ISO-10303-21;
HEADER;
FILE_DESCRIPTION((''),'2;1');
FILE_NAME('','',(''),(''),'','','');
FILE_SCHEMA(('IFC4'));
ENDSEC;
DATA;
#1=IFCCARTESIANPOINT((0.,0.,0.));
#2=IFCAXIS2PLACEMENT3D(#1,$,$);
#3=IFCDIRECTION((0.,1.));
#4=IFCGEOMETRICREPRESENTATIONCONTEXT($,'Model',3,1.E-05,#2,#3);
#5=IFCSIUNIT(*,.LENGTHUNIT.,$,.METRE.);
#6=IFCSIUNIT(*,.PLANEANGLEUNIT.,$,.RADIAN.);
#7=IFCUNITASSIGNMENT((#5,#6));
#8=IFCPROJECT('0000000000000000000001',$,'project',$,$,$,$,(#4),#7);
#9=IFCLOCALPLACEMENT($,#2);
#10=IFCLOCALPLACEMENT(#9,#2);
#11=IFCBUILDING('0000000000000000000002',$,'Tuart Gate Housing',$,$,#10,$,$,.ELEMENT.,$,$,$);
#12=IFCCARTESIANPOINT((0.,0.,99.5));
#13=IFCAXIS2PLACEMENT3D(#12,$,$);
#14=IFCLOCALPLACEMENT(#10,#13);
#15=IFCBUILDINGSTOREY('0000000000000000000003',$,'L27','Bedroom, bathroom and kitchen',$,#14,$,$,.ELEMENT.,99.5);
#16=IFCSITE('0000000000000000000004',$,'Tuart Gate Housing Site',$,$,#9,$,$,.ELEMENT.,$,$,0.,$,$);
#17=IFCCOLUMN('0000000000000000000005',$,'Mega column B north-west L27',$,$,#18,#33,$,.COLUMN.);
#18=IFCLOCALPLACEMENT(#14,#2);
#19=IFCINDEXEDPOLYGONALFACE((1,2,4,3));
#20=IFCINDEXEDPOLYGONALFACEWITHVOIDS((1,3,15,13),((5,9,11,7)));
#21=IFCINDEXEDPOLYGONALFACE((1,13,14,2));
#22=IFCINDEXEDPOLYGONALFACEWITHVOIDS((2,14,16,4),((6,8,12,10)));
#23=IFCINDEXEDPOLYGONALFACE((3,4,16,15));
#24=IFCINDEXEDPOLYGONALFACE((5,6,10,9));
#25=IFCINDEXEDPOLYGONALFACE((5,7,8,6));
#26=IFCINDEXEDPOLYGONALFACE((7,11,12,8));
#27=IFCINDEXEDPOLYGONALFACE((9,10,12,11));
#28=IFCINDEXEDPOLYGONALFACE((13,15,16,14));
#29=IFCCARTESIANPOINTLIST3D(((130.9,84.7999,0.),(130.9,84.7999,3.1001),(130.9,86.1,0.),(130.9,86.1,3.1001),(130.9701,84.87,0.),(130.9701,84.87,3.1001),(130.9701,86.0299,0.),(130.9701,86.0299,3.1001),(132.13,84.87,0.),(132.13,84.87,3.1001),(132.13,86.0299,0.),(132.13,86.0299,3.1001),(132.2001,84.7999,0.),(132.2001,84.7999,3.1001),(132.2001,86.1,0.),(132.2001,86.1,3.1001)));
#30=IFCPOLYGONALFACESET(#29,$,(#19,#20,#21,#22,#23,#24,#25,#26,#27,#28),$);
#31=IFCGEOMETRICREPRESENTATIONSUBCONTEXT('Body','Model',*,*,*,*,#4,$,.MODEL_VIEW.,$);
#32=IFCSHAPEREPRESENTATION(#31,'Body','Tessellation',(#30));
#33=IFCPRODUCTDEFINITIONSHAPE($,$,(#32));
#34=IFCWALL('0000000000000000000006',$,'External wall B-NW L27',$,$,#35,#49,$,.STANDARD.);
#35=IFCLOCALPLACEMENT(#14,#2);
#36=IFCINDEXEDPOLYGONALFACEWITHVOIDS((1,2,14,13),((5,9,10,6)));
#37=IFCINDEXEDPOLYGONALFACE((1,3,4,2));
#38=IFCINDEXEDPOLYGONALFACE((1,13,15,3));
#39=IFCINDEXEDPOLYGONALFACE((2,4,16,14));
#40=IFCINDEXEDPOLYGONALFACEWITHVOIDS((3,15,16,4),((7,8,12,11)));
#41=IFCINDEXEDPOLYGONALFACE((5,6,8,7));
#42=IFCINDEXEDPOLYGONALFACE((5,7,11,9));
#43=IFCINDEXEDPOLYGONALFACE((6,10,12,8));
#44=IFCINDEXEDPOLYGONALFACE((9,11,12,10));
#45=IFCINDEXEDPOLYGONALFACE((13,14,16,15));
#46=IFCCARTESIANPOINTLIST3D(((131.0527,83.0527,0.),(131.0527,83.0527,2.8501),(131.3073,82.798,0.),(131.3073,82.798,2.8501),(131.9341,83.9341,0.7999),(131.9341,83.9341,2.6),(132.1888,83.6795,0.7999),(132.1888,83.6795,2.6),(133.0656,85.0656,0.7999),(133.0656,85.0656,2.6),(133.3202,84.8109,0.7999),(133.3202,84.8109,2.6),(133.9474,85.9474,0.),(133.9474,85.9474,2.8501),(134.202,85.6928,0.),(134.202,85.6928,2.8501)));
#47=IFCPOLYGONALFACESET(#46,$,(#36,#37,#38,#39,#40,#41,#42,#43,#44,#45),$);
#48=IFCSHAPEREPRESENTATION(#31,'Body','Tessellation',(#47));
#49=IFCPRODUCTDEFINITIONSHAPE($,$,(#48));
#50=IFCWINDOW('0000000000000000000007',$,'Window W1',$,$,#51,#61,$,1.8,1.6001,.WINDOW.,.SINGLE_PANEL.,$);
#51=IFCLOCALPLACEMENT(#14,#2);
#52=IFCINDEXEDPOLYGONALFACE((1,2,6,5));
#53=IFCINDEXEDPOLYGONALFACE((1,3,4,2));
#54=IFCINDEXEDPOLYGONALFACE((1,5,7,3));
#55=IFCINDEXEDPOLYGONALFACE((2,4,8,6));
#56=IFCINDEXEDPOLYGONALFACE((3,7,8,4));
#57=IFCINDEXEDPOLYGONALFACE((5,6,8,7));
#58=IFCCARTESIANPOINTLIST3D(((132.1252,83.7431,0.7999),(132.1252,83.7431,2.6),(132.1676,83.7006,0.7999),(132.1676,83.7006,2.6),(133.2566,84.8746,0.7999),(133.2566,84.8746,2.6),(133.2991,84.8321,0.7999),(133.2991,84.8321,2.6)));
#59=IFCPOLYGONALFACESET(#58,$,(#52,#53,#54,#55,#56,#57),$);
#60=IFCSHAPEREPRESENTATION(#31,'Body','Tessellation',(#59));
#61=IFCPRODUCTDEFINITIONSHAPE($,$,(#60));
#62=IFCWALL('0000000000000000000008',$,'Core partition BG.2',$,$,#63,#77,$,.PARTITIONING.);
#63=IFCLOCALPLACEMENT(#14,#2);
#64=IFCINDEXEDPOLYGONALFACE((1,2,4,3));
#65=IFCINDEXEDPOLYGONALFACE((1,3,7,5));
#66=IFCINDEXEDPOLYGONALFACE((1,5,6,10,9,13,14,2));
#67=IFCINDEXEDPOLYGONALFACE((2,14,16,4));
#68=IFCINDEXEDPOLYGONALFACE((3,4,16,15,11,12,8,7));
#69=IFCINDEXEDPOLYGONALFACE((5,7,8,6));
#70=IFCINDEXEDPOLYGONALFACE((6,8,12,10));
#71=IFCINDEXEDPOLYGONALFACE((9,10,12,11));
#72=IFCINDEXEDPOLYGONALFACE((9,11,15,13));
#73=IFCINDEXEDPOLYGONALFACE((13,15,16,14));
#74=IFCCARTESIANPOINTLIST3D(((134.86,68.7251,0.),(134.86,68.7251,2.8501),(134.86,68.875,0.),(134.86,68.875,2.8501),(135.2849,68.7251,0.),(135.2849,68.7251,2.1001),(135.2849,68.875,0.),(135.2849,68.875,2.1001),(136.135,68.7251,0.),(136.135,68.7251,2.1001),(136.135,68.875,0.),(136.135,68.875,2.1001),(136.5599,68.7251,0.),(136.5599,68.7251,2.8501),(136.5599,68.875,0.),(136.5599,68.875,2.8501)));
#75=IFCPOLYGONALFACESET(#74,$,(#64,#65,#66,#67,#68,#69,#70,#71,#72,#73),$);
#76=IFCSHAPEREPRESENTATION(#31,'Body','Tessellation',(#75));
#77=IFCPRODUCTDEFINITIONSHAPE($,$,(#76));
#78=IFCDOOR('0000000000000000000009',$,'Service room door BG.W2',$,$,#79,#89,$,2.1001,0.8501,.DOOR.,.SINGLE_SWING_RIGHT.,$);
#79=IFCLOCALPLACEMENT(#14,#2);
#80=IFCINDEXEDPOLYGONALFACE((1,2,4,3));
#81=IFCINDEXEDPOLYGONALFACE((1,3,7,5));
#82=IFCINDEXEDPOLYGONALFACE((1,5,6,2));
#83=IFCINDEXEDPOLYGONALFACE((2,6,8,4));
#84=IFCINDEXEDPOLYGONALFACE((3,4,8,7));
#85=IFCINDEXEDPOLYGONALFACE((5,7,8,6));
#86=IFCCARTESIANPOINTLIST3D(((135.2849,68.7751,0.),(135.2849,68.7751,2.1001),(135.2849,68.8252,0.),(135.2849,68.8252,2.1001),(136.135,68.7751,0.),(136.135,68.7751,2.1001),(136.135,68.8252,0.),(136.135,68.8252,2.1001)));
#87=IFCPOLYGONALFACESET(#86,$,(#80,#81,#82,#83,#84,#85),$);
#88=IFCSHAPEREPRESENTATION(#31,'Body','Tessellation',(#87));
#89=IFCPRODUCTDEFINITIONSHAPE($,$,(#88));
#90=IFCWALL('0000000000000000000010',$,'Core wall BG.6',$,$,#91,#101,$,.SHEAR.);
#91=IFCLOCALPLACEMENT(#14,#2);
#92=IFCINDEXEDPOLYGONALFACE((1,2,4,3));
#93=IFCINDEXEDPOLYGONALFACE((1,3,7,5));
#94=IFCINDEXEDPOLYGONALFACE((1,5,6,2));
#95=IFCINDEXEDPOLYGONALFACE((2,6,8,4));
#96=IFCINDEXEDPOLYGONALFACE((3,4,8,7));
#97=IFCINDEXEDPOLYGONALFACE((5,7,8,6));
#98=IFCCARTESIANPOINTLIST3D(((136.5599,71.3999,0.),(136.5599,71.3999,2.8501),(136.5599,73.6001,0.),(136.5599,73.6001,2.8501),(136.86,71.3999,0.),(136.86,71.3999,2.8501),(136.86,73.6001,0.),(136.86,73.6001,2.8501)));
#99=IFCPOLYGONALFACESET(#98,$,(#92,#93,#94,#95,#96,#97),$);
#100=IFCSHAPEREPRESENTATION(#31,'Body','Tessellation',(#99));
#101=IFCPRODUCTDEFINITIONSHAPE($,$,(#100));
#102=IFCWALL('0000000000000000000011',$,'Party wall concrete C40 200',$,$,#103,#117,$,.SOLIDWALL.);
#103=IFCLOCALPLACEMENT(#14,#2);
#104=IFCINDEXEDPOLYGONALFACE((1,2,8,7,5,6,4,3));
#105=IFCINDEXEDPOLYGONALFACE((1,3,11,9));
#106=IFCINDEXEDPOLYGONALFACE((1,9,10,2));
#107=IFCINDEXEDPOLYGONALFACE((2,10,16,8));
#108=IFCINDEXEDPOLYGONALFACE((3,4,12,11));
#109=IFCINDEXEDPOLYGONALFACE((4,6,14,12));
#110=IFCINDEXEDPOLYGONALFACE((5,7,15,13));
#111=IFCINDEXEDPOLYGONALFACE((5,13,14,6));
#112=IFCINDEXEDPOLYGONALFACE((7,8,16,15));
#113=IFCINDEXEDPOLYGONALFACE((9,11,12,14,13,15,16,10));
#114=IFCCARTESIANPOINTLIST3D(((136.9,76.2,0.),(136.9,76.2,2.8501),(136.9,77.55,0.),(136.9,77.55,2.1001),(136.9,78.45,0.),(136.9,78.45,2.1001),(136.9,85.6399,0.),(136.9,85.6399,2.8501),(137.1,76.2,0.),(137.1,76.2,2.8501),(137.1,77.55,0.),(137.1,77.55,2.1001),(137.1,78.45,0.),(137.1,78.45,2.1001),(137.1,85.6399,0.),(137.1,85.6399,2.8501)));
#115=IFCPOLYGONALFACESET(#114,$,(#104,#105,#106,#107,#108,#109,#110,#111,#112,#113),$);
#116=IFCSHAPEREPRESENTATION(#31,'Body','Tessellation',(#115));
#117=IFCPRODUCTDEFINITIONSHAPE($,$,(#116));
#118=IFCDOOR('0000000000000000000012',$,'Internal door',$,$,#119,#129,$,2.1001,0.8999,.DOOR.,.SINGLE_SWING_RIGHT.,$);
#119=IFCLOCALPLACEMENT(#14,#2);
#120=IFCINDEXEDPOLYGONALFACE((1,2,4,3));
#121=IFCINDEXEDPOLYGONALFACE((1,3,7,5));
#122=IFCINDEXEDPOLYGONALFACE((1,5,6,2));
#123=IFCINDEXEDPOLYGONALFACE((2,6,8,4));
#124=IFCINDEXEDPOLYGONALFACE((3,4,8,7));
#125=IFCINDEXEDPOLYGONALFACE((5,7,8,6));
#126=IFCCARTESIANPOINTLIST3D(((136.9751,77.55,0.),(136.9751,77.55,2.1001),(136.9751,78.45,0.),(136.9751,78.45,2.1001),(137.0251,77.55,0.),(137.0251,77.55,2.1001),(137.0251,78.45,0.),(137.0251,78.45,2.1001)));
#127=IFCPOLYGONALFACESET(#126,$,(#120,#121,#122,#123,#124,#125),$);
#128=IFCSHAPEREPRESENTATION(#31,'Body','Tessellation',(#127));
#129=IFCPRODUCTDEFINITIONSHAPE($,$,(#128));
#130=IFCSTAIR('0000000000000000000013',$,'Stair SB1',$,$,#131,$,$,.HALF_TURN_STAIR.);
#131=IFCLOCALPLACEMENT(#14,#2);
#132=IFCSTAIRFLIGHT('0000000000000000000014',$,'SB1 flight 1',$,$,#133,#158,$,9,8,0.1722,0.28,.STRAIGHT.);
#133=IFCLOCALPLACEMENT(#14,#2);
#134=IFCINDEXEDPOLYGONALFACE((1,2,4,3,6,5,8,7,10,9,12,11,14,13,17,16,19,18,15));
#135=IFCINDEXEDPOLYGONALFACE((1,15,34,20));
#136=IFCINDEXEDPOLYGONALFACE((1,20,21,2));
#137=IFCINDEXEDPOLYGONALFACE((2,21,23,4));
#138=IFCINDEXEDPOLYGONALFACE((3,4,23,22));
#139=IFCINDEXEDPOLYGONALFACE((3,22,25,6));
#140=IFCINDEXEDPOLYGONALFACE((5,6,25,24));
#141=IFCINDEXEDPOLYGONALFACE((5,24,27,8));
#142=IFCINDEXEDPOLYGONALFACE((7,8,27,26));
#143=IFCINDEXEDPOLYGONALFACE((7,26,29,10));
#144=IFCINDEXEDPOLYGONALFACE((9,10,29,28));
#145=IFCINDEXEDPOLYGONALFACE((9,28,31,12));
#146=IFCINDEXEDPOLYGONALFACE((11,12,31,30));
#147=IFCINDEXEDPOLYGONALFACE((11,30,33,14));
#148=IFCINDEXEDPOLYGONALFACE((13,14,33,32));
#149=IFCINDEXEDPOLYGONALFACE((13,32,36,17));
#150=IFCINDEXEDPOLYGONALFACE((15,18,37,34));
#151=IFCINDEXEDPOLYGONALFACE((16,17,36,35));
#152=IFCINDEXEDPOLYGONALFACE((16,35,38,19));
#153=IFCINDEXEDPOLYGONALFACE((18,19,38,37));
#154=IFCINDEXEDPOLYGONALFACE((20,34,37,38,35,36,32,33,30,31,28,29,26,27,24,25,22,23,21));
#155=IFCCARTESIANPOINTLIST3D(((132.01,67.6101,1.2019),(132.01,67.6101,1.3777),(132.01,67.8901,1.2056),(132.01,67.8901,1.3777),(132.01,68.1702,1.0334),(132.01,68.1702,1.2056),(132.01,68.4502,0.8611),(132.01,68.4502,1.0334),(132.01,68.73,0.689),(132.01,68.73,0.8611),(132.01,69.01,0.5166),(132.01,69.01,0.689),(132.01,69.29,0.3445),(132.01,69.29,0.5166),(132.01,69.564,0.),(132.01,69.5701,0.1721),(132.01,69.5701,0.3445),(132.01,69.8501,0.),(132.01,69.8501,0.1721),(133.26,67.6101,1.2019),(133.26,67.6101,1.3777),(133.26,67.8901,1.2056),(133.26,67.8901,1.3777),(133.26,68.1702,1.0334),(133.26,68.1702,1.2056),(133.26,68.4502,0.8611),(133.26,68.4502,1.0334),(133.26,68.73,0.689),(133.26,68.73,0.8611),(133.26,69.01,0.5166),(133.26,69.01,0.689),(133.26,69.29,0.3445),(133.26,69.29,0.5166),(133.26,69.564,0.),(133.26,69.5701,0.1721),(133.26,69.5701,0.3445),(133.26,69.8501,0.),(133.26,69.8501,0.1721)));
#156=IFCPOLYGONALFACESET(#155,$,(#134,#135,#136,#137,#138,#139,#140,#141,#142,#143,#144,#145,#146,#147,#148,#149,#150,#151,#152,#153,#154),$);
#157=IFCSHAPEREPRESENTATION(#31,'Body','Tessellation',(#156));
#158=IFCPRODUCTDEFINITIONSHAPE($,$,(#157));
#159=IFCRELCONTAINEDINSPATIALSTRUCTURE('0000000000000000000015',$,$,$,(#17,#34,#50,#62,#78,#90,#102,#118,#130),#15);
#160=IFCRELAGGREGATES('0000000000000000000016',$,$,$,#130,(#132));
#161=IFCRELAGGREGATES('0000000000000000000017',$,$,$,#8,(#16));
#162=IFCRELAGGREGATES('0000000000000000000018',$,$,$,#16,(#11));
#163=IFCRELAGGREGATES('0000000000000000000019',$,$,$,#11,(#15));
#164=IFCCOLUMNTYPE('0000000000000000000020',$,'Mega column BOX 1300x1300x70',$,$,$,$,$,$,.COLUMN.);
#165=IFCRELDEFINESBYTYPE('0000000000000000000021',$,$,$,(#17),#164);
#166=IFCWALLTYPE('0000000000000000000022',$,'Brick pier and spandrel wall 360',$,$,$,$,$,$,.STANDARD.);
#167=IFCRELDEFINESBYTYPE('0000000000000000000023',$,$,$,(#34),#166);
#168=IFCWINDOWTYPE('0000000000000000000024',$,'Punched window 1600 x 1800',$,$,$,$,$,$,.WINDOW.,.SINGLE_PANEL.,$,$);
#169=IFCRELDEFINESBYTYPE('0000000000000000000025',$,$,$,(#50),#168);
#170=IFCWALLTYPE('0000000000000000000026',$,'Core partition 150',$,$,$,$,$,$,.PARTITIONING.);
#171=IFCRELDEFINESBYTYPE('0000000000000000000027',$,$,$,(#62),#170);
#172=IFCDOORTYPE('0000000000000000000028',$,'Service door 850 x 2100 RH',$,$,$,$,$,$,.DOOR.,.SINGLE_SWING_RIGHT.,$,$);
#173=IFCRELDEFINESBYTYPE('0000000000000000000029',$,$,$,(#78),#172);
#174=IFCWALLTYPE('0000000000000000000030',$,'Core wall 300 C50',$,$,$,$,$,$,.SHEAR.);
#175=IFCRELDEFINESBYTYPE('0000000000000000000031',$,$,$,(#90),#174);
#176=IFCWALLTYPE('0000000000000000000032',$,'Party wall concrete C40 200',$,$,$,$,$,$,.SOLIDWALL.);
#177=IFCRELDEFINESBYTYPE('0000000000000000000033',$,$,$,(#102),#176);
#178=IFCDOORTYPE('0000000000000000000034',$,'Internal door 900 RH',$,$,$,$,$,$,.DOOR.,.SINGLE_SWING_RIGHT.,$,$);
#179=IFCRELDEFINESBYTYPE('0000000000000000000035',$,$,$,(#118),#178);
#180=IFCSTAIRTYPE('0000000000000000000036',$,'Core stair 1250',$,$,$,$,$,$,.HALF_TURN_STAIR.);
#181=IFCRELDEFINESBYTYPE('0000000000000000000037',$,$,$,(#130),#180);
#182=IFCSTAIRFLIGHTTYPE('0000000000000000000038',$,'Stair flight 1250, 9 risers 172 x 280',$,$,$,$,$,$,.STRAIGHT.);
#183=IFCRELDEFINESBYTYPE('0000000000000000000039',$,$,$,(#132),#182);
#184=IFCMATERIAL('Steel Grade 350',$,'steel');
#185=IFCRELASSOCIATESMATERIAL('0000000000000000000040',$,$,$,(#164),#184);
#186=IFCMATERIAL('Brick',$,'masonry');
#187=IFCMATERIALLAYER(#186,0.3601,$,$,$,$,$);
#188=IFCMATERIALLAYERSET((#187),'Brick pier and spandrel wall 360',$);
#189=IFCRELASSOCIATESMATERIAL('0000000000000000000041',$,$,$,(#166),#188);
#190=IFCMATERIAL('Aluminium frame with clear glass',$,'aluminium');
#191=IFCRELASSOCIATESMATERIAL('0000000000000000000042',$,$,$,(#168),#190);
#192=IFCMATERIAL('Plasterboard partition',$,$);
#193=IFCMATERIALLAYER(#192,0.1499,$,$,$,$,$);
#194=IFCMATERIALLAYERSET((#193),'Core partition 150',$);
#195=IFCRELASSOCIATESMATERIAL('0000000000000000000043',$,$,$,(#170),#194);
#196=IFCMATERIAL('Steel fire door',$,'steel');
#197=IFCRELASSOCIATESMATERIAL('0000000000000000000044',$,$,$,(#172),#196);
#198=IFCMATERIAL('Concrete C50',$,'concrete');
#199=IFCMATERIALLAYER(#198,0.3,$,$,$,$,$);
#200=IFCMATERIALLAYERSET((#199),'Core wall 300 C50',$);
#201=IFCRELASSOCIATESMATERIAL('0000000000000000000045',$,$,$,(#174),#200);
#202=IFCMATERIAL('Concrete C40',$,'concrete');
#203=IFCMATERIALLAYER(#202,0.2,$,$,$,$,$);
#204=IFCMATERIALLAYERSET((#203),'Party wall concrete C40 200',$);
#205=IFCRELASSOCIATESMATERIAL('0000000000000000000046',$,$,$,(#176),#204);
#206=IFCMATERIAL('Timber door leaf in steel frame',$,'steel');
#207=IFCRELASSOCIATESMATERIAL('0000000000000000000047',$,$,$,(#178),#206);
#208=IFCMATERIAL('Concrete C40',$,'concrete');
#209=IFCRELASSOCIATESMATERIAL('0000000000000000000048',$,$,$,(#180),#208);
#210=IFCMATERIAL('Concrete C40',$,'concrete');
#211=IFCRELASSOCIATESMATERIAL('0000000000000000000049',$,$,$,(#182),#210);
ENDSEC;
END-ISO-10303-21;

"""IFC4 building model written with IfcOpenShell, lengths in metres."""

from ifc_helpers import new_model, si_unit, direction, frame, frame_2d, origin, origin_2d, place, context, subcontext, project, spatial, polyline, rectangle, hollow_rectangle, outline, extrude, material, layer, layer_set, material_profile, profile_set, type_object, element, fill, aggregate, save


model = new_model("IFC4")

# Units and contexts
model_context = context("Model", 3, precision=1e-05, world=origin(), true_north=direction((0.0, 1.0)))
body_context = subcontext(model_context, "Body", "Model", "MODEL_VIEW")
ifc_project = project(units=[si_unit("LENGTHUNIT", "METRE"), si_unit("PLANEANGLEUNIT", "RADIAN")], contexts=[model_context])

# Site, building, storey
site_placement = place(None, origin())
site = spatial("IfcSite", under=ifc_project, at=site_placement, Name="Tuart Gate Housing Site", CompositionType="ELEMENT", RefElevation=0.0)
building_placement = place(site_placement, origin())
building = spatial("IfcBuilding", under=site, at=building_placement, Name="Tuart Gate Housing", CompositionType="ELEMENT")
storey_placement = place(building_placement, frame((0.0, 0.0, 99.5)))
storey = spatial("IfcBuildingStorey", under=building, at=storey_placement, Name="L27", Description="Bedroom, bathroom and kitchen", CompositionType="ELEMENT", Elevation=99.5)

# Column
ifc_material_1 = material(Name="Steel Grade 350", Category="steel")
ifc_material_profile = material_profile(ifc_material_1, hollow_rectangle(XDim=1.3, YDim=1.3, WallThickness=0.0701, at=origin_2d()), Name="BOX 1300x1300x70")
ifc_profile_set = profile_set([ifc_material_profile], Name="Steel Grade 350")
column_type = type_object("IfcColumnType", Name="Mega column BOX 1300x1300x70", PredefinedType="COLUMN", material=ifc_profile_set)
column_placement = place(storey_placement, frame((131.55, 85.45, 0.0), z_axis=(0.0, 0.0, 1.0), x_axis=(1.0, 0.0, 0.0)))
element("IfcColumn", 1, at=column_placement, inside=storey, type_object=column_type, Name="Mega column B north-west L27", PredefinedType="COLUMN", context=body_context, shape_type="SweptSolid", body=[
    extrude(hollow_rectangle(XDim=1.3, YDim=1.3, WallThickness=0.0701, at=origin_2d()), origin(), (0.0, 0.0, 1.0), 3.1001),
])

# Wall, opening, window
ifc_material_2 = material(Name="Brick", Category="masonry")
ifc_layer_1 = layer(ifc_material_2, 0.3601)
ifc_layer_set_1 = layer_set([ifc_layer_1], Name="Brick pier and spandrel wall 360")
wall_type_1 = type_object("IfcWallType", Name="Brick pier and spandrel wall 360", PredefinedType="STANDARD", material=ifc_layer_set_1)
wall_1_placement = place(storey_placement, frame((134.0747, 85.8201, 0.0), z_axis=(0.0, 0.0, 1.0), x_axis=(-0.707107, -0.707107, 0.0)))
wall_1 = element("IfcWall", 2, at=wall_1_placement, inside=storey, type_object=wall_type_1, Name="External wall B-NW L27", PredefinedType="STANDARD", context=body_context, shape_type="SweptSolid", body=[
    extrude(rectangle(XDim=4.0938, YDim=0.3601, at=frame_2d((2.0469, 0.0))), origin(), (0.0, 0.0, 1.0), 2.8501),
])
opening_1_placement = place(wall_1_placement, frame((1.2471, 0.0, 0.8)))
opening_1 = element("IfcOpeningElement", 3, at=opening_1_placement, cuts=wall_1, PredefinedType="OPENING", context=body_context, shape_type="SweptSolid", body=[
    extrude(rectangle(XDim=1.6001, YDim=1.8, at=frame_2d((0.8, 0.8999))), frame((0.0, 0.1899, 0.0), z_axis=(0.0, -1.0, 0.0), x_axis=(1.0, 0.0, 0.0)), (0.0, 0.0, 1.0), 0.3801),
])
ifc_material_3 = material(Name="Aluminium frame with clear glass", Category="aluminium")
window_type = type_object("IfcWindowType", Name="Punched window 1600 x 1800", PartitioningType="SINGLE_PANEL", PredefinedType="WINDOW", material=ifc_material_3)
window_placement = place(opening_1_placement, origin())
window = element("IfcWindow", 4, at=window_placement, inside=storey, type_object=window_type, Name="Window W1", OverallHeight=1.8, OverallWidth=1.6001, PartitioningType="SINGLE_PANEL", PredefinedType="WINDOW", context=body_context, shape_type="SweptSolid", body=[
    extrude(rectangle(XDim=1.6001, YDim=1.8, at=frame_2d((0.8, 0.8999))), frame((0.0, 0.1501, 0.0), z_axis=(0.0, -1.0, 0.0), x_axis=(1.0, 0.0, 0.0)), (0.0, 0.0, 1.0), 0.0601),
])
fill(opening_1, window)

# Wall, opening, door
ifc_material_4 = material(Name="Plasterboard partition")
ifc_layer_2 = layer(ifc_material_4, 0.1499)
ifc_layer_set_2 = layer_set([ifc_layer_2], Name="Core partition 150")
wall_type_2 = type_object("IfcWallType", Name="Core partition 150", PredefinedType="PARTITIONING", material=ifc_layer_set_2)
wall_2_placement = place(storey_placement, frame((136.5601, 68.8, 0.0), z_axis=(0.0, 0.0, 1.0), x_axis=(-1.0, 0.0, 0.0)))
wall_2 = element("IfcWall", 5, at=wall_2_placement, inside=storey, type_object=wall_type_2, Name="Core partition BG.2", PredefinedType="PARTITIONING", context=body_context, shape_type="SweptSolid", body=[
    extrude(rectangle(XDim=1.7, YDim=0.1499, at=frame_2d((0.8501, 0.0))), origin(), (0.0, 0.0, 1.0), 2.8501),
])
opening_2_placement = place(wall_2_placement, frame((0.425, 0.0, 0.0)))
opening_2 = element("IfcOpeningElement", 6, at=opening_2_placement, cuts=wall_2, PredefinedType="OPENING", context=body_context, shape_type="SweptSolid", body=[
    extrude(rectangle(XDim=0.8501, YDim=2.1001, at=frame_2d((0.425, 1.05))), frame((0.0, 0.085, 0.0), z_axis=(0.0, -1.0, 0.0), x_axis=(1.0, 0.0, 0.0)), (0.0, 0.0, 1.0), 0.1699),
])
ifc_material_5 = material(Name="Steel fire door", Category="steel")
door_type_1 = type_object("IfcDoorType", Name="Service door 850 x 2100 RH", OperationType="SINGLE_SWING_RIGHT", PredefinedType="DOOR", material=ifc_material_5)
door_1_placement = place(opening_2_placement, frame((0.8501, 0.0, 0.0), z_axis=(0.0, 0.0, 1.0), x_axis=(-1.0, 0.0, 0.0)))
door_1 = element("IfcDoor", 7, at=door_1_placement, inside=storey, type_object=door_type_1, Name="Service room door BG.W2", OperationType="SINGLE_SWING_RIGHT", OverallHeight=2.1001, OverallWidth=0.8501, PredefinedType="DOOR", context=body_context, shape_type="SweptSolid", body=[
    extrude(rectangle(XDim=0.8501, YDim=2.1001, at=frame_2d((0.425, 1.05))), frame((0.0, 0.0251, 0.0), z_axis=(0.0, -1.0, 0.0), x_axis=(1.0, 0.0, 0.0)), (0.0, 0.0, 1.0), 0.05),
])
fill(opening_2, door_1)

# Wall
ifc_material_6 = material(Name="Concrete C50", Category="concrete")
ifc_layer_3 = layer(ifc_material_6, 0.3)
ifc_layer_set_3 = layer_set([ifc_layer_3], Name="Core wall 300 C50")
wall_type_3 = type_object("IfcWallType", Name="Core wall 300 C50", PredefinedType="SHEAR", material=ifc_layer_set_3)
wall_3_placement = place(storey_placement, frame((136.71, 71.3999, 0.0), z_axis=(0.0, 0.0, 1.0), x_axis=(0.0, 1.0, 0.0)))
element("IfcWall", 8, at=wall_3_placement, inside=storey, type_object=wall_type_3, Name="Core wall BG.6", PredefinedType="SHEAR", context=body_context, shape_type="SweptSolid", body=[
    extrude(rectangle(XDim=2.2002, YDim=0.3, at=frame_2d((1.1001, 0.0))), origin(), (0.0, 0.0, 1.0), 2.8501),
])

# Wall, opening, door
ifc_material_7 = material(Name="Concrete C40", Category="concrete")
ifc_layer_4 = layer(ifc_material_7, 0.2)
ifc_layer_set_4 = layer_set([ifc_layer_4], Name="Party wall concrete C40 200")
wall_type_4 = type_object("IfcWallType", Name="Party wall concrete C40 200", PredefinedType="SOLIDWALL", material=ifc_layer_set_4)
wall_4_placement = place(storey_placement, frame((137.0, 76.2, 0.0), z_axis=(0.0, 0.0, 1.0), x_axis=(0.0, 1.0, 0.0)))
wall_4 = element("IfcWall", 9, at=wall_4_placement, inside=storey, type_object=wall_type_4, Name="Party wall concrete C40 200", PredefinedType="SOLIDWALL", context=body_context, shape_type="SweptSolid", body=[
    extrude(rectangle(XDim=9.4399, YDim=0.2, at=frame_2d((4.72, 0.0))), origin(), (0.0, 0.0, 1.0), 2.8501),
])
opening_3_placement = place(wall_4_placement, frame((1.3501, 0.0, 0.0)))
opening_3 = element("IfcOpeningElement", 10, at=opening_3_placement, cuts=wall_4, PredefinedType="OPENING", context=body_context, shape_type="SweptSolid", body=[
    extrude(rectangle(XDim=0.8999, YDim=2.1001, at=frame_2d((0.45, 1.05))), frame((0.0, 0.1099, 0.0), z_axis=(0.0, -1.0, 0.0), x_axis=(1.0, 0.0, 0.0)), (0.0, 0.0, 1.0), 0.22),
])
ifc_material_8 = material(Name="Timber door leaf in steel frame", Category="steel")
door_type_2 = type_object("IfcDoorType", Name="Internal door 900 RH", OperationType="SINGLE_SWING_RIGHT", PredefinedType="DOOR", material=ifc_material_8)
door_2_placement = place(opening_3_placement, frame((0.8999, 0.0, 0.0), z_axis=(0.0, 0.0, 1.0), x_axis=(-1.0, 0.0, 0.0)))
door_2 = element("IfcDoor", 11, at=door_2_placement, inside=storey, type_object=door_type_2, Name="Internal door", OperationType="SINGLE_SWING_RIGHT", OverallHeight=2.1001, OverallWidth=0.8999, PredefinedType="DOOR", context=body_context, shape_type="SweptSolid", body=[
    extrude(rectangle(XDim=0.8999, YDim=2.1001, at=frame_2d((0.45, 1.05))), frame((0.0, 0.0251, 0.0), z_axis=(0.0, -1.0, 0.0), x_axis=(1.0, 0.0, 0.0)), (0.0, 0.0, 1.0), 0.05),
])
fill(opening_3, door_2)

# Stair, stair flight
ifc_material_9 = material(Name="Concrete C40", Category="concrete")
stair_type = type_object("IfcStairType", Name="Core stair 1250", PredefinedType="HALF_TURN_STAIR", material=ifc_material_9)
stair_placement = place(storey_placement, origin())
stair = element("IfcStair", 12, at=stair_placement, inside=storey, type_object=stair_type, Name="Stair SB1", PredefinedType="HALF_TURN_STAIR")
ifc_material_10 = material(Name="Concrete C40", Category="concrete")
stair_flight_type = type_object("IfcStairFlightType", Name="Stair flight 1250, 9 risers 172 x 280", PredefinedType="STRAIGHT", material=ifc_material_10)
stair_flight_placement = place(storey_placement, frame((132.635, 69.8501, 0.0), z_axis=(0.0, 0.0, 1.0), x_axis=(0.0, -1.0, 0.0)))
stair_flight = element("IfcStairFlight", 13, at=stair_flight_placement, type_object=stair_flight_type, Name="SB1 flight 1", NumberOfRisers=9, NumberOfTreads=8, PredefinedType="STRAIGHT", RiserHeight=0.1722, TreadLength=0.28, context=body_context, shape_type="SweptSolid", body=[
    extrude(outline(polyline([(0.0, 0.0), (0.0, 0.1721), (0.28, 0.1721), (0.28, 0.3445), (0.5601, 0.3445), (0.5601, 0.5166), (0.8401, 0.5166), (0.8401, 0.689), (1.1201, 0.689), (1.1201, 0.8611), (1.3999, 0.8611), (1.3999, 1.0334), (1.6799, 1.0334), (1.6799, 1.2056), (1.96, 1.2056), (1.96, 1.3777), (2.24, 1.3777), (2.24, 1.55), (2.24, 1.2019), (0.2861, 0.0), (0.0, 0.0)])), frame((0.0, 0.625, 0.0), z_axis=(0.0, -1.0, 0.0), x_axis=(1.0, 0.0, 0.0)), (0.0, 0.0, 1.0), 1.25),
])
aggregate(stair, [stair_flight])

save(model, "model.ifc")
